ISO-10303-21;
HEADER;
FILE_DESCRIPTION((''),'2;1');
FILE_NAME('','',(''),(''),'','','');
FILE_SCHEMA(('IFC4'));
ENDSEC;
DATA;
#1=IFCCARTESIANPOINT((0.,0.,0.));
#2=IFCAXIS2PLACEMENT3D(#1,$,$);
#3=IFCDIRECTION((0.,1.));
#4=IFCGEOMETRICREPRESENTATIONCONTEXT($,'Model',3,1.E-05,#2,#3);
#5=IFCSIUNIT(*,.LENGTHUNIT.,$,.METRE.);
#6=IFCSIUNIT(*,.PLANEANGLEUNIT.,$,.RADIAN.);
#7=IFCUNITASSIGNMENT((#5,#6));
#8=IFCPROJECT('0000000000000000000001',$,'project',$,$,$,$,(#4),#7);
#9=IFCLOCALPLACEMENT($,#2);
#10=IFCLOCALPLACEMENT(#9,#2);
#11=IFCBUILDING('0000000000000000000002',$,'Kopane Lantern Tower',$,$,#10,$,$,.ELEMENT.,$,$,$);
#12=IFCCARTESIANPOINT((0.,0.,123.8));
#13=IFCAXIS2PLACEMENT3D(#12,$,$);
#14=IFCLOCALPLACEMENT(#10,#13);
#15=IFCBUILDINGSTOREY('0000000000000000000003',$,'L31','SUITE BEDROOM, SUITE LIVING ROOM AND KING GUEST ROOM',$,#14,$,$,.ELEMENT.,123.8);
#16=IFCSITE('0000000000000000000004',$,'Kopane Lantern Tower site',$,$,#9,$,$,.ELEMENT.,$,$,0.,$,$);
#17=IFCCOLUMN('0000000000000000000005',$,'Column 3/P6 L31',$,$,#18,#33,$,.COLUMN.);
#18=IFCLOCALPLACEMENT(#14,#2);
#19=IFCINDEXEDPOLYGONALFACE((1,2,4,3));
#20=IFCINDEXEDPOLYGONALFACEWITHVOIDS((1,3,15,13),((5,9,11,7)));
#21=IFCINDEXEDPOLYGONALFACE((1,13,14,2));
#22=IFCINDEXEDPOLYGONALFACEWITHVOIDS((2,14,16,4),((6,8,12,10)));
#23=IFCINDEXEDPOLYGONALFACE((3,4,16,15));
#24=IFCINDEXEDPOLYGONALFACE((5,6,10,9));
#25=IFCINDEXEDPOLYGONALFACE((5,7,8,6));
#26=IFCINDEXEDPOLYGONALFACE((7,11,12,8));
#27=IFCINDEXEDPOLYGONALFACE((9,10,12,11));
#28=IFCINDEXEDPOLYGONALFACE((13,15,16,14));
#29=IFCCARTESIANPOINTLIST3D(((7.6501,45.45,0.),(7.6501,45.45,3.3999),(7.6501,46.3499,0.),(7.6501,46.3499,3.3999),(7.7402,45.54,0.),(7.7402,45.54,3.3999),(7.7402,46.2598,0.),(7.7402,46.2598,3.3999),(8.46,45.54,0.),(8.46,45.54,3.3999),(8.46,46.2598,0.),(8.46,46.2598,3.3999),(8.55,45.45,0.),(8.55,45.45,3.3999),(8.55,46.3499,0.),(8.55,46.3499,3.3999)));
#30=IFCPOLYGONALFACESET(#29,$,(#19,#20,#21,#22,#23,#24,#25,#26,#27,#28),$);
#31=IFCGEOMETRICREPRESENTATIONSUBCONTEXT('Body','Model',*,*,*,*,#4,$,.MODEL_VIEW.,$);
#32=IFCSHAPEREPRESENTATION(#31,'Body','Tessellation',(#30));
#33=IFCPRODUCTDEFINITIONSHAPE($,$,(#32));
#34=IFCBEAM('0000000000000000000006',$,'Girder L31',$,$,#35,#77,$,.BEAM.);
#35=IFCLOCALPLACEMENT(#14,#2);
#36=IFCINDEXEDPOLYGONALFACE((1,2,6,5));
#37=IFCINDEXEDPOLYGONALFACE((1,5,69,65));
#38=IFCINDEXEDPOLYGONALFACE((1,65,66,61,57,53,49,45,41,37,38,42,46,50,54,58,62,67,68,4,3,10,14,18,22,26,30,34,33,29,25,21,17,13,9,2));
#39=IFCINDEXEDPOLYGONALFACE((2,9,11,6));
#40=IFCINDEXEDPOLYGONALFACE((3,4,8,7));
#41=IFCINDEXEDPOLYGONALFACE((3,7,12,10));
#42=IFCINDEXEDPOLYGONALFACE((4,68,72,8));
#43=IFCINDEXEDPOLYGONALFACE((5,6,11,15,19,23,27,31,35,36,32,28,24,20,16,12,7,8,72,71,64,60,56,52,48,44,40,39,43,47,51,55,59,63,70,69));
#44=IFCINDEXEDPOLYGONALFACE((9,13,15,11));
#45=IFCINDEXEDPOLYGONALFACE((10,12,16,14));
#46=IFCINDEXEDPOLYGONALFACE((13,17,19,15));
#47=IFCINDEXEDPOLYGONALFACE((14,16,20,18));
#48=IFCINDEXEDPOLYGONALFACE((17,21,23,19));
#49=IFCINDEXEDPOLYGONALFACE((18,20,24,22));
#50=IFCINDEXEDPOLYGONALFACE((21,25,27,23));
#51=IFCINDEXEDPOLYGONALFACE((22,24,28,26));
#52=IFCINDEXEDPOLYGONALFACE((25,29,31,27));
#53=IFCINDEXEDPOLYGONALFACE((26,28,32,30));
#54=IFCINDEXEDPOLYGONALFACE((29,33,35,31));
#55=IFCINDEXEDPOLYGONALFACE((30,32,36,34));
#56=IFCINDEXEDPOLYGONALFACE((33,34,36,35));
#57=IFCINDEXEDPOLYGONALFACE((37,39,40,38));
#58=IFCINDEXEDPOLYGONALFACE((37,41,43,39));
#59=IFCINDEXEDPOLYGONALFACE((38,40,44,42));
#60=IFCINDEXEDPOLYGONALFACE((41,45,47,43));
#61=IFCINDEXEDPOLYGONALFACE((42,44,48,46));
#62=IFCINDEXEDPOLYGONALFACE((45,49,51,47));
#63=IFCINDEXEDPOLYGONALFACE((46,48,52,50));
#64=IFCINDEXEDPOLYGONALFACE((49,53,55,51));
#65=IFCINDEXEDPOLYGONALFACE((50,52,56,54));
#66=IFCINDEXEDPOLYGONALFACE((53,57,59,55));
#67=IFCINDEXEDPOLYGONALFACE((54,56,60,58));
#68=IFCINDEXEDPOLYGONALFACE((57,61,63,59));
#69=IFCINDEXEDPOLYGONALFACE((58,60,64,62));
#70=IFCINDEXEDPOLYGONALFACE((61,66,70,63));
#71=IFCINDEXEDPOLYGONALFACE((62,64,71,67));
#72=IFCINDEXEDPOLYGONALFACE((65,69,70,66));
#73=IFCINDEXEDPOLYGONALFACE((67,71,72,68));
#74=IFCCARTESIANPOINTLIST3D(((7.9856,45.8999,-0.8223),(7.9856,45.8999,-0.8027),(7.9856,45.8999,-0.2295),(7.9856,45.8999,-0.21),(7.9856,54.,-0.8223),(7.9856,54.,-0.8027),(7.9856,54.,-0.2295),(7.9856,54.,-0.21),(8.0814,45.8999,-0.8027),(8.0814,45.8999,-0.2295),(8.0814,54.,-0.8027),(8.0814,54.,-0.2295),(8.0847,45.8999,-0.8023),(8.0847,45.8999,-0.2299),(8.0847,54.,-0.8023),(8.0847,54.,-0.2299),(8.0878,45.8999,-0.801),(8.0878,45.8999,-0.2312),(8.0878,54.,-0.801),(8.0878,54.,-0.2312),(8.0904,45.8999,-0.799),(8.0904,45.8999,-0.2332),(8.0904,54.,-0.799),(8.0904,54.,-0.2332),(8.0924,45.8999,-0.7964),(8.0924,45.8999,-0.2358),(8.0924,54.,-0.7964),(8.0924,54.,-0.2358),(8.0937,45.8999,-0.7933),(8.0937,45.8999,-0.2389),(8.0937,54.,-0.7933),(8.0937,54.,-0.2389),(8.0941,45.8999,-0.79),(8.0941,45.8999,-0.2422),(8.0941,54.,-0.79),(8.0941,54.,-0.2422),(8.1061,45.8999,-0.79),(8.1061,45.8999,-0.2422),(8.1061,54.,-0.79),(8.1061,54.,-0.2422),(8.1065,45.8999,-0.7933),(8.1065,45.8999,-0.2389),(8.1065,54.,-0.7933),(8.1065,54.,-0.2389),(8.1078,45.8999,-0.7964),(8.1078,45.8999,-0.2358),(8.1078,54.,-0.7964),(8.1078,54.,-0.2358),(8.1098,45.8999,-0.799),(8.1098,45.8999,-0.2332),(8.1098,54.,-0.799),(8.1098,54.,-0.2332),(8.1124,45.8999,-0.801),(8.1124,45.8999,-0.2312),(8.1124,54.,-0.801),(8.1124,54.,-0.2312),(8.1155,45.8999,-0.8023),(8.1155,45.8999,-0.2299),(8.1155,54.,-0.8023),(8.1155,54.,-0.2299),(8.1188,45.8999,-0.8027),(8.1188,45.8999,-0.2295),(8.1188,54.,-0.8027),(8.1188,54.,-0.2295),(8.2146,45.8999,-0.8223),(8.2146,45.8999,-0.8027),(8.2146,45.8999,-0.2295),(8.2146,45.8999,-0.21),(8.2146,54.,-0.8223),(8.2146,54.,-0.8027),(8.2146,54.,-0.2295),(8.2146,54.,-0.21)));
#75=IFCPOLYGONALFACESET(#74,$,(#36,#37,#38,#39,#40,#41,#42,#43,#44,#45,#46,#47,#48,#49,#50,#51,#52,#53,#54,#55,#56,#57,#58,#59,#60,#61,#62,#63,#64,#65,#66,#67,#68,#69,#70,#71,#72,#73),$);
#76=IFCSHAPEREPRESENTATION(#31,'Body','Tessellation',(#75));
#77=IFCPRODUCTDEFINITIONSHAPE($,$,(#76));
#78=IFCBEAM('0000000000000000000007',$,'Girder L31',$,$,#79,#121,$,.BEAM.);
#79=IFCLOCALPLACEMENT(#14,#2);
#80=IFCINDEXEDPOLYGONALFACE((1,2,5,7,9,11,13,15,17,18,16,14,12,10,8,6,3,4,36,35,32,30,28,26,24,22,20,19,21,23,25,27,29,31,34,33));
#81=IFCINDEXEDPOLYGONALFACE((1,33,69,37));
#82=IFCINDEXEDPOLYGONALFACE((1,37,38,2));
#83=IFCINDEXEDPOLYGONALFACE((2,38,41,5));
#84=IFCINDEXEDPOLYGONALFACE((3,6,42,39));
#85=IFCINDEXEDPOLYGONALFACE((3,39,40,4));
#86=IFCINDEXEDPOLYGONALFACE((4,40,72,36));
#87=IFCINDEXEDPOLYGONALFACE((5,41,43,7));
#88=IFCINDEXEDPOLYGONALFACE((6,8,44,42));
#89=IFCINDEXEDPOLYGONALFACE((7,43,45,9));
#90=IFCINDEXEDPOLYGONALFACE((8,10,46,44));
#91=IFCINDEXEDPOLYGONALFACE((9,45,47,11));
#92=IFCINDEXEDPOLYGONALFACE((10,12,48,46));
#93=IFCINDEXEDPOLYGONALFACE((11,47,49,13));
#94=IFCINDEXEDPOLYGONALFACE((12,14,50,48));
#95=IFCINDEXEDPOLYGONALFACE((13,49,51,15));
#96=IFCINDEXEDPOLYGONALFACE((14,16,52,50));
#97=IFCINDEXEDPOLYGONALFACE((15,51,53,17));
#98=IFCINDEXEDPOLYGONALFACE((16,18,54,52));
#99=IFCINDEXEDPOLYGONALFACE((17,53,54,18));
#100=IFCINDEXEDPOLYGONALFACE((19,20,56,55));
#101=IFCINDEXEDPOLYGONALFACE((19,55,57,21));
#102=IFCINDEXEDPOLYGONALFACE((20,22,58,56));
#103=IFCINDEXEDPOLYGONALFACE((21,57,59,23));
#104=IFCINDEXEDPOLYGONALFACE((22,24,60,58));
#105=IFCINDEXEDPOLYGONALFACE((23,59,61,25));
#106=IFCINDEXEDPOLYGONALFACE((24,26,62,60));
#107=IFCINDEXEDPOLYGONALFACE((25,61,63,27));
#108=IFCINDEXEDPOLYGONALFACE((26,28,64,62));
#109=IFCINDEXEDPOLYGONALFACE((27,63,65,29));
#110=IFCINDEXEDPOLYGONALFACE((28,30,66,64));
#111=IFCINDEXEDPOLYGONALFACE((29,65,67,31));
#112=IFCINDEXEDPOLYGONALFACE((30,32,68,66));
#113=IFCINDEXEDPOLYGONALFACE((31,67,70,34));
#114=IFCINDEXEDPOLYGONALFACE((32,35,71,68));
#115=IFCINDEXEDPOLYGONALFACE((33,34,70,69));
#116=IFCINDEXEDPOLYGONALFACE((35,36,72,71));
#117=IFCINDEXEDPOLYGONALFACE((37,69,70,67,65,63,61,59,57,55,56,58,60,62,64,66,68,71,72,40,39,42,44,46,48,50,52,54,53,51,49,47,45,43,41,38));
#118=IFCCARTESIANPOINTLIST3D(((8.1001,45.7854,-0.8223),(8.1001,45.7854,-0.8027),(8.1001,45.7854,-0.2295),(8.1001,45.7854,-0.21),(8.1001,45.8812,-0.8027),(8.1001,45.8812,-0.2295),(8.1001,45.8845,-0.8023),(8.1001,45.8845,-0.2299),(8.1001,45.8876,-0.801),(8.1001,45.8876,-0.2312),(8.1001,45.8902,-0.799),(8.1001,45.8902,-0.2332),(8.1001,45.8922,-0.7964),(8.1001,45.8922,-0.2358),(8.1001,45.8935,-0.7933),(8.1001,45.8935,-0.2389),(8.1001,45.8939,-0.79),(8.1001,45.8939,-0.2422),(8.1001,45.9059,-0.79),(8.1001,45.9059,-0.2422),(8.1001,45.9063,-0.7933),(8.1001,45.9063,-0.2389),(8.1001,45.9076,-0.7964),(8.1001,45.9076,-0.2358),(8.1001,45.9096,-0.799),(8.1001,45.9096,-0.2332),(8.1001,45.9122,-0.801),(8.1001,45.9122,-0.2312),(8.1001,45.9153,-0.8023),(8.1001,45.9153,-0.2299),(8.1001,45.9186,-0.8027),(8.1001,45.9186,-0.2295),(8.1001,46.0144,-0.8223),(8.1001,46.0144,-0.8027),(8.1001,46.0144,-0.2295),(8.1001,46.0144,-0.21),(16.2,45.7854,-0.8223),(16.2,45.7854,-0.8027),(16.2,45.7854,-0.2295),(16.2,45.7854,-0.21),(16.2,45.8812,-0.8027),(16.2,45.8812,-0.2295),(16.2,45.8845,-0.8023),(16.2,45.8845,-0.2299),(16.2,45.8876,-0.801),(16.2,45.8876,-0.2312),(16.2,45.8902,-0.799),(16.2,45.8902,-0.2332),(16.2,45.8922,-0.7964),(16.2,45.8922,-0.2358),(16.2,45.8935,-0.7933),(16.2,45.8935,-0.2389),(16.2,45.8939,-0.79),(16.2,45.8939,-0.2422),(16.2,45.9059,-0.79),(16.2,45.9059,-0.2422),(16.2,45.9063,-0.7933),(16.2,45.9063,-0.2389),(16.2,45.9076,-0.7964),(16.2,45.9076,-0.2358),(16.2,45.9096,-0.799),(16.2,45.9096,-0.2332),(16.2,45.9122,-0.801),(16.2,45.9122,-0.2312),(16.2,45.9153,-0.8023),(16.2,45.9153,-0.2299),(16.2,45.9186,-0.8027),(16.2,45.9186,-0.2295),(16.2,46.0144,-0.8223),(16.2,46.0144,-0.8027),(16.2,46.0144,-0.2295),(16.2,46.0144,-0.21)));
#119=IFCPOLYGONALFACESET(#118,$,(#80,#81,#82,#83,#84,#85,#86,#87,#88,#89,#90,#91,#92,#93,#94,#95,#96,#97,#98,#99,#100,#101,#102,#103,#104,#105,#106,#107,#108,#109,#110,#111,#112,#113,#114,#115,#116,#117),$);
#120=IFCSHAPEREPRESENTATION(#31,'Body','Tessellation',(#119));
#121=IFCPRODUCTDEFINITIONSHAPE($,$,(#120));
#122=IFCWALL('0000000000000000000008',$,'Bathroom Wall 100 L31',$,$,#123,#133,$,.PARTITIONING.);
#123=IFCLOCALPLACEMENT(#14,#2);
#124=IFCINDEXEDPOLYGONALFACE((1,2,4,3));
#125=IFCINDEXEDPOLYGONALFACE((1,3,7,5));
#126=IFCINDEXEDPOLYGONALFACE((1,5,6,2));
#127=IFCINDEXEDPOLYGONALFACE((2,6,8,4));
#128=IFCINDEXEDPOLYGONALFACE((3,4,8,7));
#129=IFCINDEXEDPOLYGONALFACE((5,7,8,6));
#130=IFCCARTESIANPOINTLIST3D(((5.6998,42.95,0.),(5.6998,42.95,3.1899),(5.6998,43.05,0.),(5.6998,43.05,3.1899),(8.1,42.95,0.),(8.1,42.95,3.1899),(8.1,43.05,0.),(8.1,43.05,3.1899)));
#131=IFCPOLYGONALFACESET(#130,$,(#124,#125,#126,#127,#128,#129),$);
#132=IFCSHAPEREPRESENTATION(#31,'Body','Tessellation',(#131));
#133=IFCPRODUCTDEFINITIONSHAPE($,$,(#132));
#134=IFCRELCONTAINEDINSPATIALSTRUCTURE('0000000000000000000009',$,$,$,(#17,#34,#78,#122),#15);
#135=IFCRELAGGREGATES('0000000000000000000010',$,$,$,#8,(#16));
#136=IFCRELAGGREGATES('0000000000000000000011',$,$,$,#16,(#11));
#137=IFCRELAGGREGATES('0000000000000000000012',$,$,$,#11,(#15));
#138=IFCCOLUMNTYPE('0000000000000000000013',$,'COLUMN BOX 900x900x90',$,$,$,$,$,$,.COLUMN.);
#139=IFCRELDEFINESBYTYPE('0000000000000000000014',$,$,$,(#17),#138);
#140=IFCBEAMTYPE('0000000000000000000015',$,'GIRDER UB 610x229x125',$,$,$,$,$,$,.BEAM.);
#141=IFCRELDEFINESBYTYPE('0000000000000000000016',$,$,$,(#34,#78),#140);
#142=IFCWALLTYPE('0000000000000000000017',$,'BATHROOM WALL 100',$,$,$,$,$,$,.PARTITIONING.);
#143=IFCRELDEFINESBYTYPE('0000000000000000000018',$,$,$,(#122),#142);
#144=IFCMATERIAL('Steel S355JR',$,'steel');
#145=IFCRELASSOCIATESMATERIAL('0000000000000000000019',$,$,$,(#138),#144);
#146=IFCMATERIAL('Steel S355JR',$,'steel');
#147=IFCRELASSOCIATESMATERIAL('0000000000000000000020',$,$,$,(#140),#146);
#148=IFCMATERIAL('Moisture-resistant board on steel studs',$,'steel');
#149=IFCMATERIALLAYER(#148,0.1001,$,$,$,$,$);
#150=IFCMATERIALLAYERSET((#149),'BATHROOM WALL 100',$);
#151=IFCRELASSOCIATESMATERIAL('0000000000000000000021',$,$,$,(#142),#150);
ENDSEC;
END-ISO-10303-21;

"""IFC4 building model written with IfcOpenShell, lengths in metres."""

from ifc_helpers import new_model, si_unit, direction, frame, frame_2d, origin, origin_2d, place, context, subcontext, project, spatial, rectangle, hollow_rectangle, i_section, extrude, material, layer, layer_set, material_profile, profile_set, type_object, element, save


model = new_model("IFC4")

# Units and contexts
model_context = context("Model", 3, precision=1e-05, world=origin(), true_north=direction((0.0, 1.0)))
body_context = subcontext(model_context, "Body", "Model", "MODEL_VIEW")
ifc_project = project(units=[si_unit("LENGTHUNIT", "METRE"), si_unit("PLANEANGLEUNIT", "RADIAN")], contexts=[model_context])

# Site, building, storey
site_placement = place(None, origin())
site = spatial("IfcSite", under=ifc_project, at=site_placement, Name="Kopane Lantern Tower site", CompositionType="ELEMENT", RefElevation=0.0)
building_placement = place(site_placement, origin())
building = spatial("IfcBuilding", under=site, at=building_placement, Name="Kopane Lantern Tower", CompositionType="ELEMENT")
storey_placement = place(building_placement, frame((0.0, 0.0, 123.8)))
storey = spatial("IfcBuildingStorey", under=building, at=storey_placement, Name="L31", Description="SUITE BEDROOM, SUITE LIVING ROOM AND KING GUEST ROOM", CompositionType="ELEMENT", Elevation=123.8)

# Column
ifc_material_1 = material(Name="Steel S355JR", Category="steel")
ifc_material_profile_1 = material_profile(ifc_material_1, hollow_rectangle(XDim=0.8999, YDim=0.8999, WallThickness=0.0901, at=origin_2d()), Name="BOX 900x900x90")
ifc_profile_set_1 = profile_set([ifc_material_profile_1], Name="Steel S355JR")
column_type = type_object("IfcColumnType", Name="COLUMN BOX 900x900x90", PredefinedType="COLUMN", material=ifc_profile_set_1)
column_placement = place(storey_placement, frame((8.1001, 45.8999, 0.0), z_axis=(0.0, 0.0, 1.0), x_axis=(1.0, 0.0, 0.0)))
element("IfcColumn", 1, at=column_placement, inside=storey, type_object=column_type, Name="Column 3/P6 L31", PredefinedType="COLUMN", context=body_context, shape_type="SweptSolid", body=[
    extrude(hollow_rectangle(XDim=0.8999, YDim=0.8999, WallThickness=0.0901, at=origin_2d()), origin(), (0.0, 0.0, 1.0), 3.3999),
])

# Beams
ifc_material_2 = material(Name="Steel S355JR", Category="steel")
ifc_material_profile_2 = material_profile(ifc_material_2, i_section(OverallWidth=0.229, OverallDepth=0.6123, WebThickness=0.012, FlangeThickness=0.0195, FilletRadius=0.0127, at=origin_2d()), Name="UB 610x229x125")
ifc_profile_set_2 = profile_set([ifc_material_profile_2], Name="Steel S355JR")
beam_type = type_object("IfcBeamType", Name="GIRDER UB 610x229x125", PredefinedType="BEAM", material=ifc_profile_set_2)
beam_1_placement = place(storey_placement, frame((8.1001, 45.8999, -0.5161), z_axis=(0.0, 1.0, 0.0), x_axis=(-1.0, 0.0, 0.0)))
element("IfcBeam", 2, at=beam_1_placement, inside=storey, type_object=beam_type, Name="Girder L31", PredefinedType="BEAM", context=body_context, shape_type="SweptSolid", body=[
    extrude(i_section(OverallWidth=0.229, OverallDepth=0.6123, WebThickness=0.012, FlangeThickness=0.0195, FilletRadius=0.0127, at=origin_2d()), origin(), (0.0, 0.0, 1.0), 8.1001),
])
beam_2_placement = place(storey_placement, frame((8.1001, 45.8999, -0.5161), z_axis=(1.0, 0.0, 0.0), x_axis=(0.0, 1.0, 0.0)))
element("IfcBeam", 3, at=beam_2_placement, inside=storey, type_object=beam_type, Name="Girder L31", PredefinedType="BEAM", context=body_context, shape_type="SweptSolid", body=[
    extrude(i_section(OverallWidth=0.229, OverallDepth=0.6123, WebThickness=0.012, FlangeThickness=0.0195, FilletRadius=0.0127, at=origin_2d()), origin(), (0.0, 0.0, 1.0), 8.0999),
])

# Wall
ifc_material_3 = material(Name="Moisture-resistant board on steel studs", Category="steel")
ifc_layer_1 = layer(ifc_material_3, 0.1001)
ifc_layer_set_1 = layer_set([ifc_layer_1], Name="BATHROOM WALL 100")
wall_type_1 = type_object("IfcWallType", Name="BATHROOM WALL 100", PredefinedType="PARTITIONING", material=ifc_layer_set_1)
wall_1_placement = place(storey_placement, frame((8.1001, 43.0, 0.0), z_axis=(0.0, 0.0, 1.0), x_axis=(-1.0, 0.0, 0.0)))
element("IfcWall", 4, at=wall_1_placement, inside=storey, type_object=wall_type_1, Name="Bathroom Wall 100 L31", PredefinedType="PARTITIONING", context=body_context, shape_type="SweptSolid", body=[
    extrude(rectangle(XDim=2.4001, YDim=0.1001, at=frame_2d((1.2002, 0.0))), origin(), (0.0, 0.0, 1.0), 3.1899),
])

save(model, "model.ifc")
